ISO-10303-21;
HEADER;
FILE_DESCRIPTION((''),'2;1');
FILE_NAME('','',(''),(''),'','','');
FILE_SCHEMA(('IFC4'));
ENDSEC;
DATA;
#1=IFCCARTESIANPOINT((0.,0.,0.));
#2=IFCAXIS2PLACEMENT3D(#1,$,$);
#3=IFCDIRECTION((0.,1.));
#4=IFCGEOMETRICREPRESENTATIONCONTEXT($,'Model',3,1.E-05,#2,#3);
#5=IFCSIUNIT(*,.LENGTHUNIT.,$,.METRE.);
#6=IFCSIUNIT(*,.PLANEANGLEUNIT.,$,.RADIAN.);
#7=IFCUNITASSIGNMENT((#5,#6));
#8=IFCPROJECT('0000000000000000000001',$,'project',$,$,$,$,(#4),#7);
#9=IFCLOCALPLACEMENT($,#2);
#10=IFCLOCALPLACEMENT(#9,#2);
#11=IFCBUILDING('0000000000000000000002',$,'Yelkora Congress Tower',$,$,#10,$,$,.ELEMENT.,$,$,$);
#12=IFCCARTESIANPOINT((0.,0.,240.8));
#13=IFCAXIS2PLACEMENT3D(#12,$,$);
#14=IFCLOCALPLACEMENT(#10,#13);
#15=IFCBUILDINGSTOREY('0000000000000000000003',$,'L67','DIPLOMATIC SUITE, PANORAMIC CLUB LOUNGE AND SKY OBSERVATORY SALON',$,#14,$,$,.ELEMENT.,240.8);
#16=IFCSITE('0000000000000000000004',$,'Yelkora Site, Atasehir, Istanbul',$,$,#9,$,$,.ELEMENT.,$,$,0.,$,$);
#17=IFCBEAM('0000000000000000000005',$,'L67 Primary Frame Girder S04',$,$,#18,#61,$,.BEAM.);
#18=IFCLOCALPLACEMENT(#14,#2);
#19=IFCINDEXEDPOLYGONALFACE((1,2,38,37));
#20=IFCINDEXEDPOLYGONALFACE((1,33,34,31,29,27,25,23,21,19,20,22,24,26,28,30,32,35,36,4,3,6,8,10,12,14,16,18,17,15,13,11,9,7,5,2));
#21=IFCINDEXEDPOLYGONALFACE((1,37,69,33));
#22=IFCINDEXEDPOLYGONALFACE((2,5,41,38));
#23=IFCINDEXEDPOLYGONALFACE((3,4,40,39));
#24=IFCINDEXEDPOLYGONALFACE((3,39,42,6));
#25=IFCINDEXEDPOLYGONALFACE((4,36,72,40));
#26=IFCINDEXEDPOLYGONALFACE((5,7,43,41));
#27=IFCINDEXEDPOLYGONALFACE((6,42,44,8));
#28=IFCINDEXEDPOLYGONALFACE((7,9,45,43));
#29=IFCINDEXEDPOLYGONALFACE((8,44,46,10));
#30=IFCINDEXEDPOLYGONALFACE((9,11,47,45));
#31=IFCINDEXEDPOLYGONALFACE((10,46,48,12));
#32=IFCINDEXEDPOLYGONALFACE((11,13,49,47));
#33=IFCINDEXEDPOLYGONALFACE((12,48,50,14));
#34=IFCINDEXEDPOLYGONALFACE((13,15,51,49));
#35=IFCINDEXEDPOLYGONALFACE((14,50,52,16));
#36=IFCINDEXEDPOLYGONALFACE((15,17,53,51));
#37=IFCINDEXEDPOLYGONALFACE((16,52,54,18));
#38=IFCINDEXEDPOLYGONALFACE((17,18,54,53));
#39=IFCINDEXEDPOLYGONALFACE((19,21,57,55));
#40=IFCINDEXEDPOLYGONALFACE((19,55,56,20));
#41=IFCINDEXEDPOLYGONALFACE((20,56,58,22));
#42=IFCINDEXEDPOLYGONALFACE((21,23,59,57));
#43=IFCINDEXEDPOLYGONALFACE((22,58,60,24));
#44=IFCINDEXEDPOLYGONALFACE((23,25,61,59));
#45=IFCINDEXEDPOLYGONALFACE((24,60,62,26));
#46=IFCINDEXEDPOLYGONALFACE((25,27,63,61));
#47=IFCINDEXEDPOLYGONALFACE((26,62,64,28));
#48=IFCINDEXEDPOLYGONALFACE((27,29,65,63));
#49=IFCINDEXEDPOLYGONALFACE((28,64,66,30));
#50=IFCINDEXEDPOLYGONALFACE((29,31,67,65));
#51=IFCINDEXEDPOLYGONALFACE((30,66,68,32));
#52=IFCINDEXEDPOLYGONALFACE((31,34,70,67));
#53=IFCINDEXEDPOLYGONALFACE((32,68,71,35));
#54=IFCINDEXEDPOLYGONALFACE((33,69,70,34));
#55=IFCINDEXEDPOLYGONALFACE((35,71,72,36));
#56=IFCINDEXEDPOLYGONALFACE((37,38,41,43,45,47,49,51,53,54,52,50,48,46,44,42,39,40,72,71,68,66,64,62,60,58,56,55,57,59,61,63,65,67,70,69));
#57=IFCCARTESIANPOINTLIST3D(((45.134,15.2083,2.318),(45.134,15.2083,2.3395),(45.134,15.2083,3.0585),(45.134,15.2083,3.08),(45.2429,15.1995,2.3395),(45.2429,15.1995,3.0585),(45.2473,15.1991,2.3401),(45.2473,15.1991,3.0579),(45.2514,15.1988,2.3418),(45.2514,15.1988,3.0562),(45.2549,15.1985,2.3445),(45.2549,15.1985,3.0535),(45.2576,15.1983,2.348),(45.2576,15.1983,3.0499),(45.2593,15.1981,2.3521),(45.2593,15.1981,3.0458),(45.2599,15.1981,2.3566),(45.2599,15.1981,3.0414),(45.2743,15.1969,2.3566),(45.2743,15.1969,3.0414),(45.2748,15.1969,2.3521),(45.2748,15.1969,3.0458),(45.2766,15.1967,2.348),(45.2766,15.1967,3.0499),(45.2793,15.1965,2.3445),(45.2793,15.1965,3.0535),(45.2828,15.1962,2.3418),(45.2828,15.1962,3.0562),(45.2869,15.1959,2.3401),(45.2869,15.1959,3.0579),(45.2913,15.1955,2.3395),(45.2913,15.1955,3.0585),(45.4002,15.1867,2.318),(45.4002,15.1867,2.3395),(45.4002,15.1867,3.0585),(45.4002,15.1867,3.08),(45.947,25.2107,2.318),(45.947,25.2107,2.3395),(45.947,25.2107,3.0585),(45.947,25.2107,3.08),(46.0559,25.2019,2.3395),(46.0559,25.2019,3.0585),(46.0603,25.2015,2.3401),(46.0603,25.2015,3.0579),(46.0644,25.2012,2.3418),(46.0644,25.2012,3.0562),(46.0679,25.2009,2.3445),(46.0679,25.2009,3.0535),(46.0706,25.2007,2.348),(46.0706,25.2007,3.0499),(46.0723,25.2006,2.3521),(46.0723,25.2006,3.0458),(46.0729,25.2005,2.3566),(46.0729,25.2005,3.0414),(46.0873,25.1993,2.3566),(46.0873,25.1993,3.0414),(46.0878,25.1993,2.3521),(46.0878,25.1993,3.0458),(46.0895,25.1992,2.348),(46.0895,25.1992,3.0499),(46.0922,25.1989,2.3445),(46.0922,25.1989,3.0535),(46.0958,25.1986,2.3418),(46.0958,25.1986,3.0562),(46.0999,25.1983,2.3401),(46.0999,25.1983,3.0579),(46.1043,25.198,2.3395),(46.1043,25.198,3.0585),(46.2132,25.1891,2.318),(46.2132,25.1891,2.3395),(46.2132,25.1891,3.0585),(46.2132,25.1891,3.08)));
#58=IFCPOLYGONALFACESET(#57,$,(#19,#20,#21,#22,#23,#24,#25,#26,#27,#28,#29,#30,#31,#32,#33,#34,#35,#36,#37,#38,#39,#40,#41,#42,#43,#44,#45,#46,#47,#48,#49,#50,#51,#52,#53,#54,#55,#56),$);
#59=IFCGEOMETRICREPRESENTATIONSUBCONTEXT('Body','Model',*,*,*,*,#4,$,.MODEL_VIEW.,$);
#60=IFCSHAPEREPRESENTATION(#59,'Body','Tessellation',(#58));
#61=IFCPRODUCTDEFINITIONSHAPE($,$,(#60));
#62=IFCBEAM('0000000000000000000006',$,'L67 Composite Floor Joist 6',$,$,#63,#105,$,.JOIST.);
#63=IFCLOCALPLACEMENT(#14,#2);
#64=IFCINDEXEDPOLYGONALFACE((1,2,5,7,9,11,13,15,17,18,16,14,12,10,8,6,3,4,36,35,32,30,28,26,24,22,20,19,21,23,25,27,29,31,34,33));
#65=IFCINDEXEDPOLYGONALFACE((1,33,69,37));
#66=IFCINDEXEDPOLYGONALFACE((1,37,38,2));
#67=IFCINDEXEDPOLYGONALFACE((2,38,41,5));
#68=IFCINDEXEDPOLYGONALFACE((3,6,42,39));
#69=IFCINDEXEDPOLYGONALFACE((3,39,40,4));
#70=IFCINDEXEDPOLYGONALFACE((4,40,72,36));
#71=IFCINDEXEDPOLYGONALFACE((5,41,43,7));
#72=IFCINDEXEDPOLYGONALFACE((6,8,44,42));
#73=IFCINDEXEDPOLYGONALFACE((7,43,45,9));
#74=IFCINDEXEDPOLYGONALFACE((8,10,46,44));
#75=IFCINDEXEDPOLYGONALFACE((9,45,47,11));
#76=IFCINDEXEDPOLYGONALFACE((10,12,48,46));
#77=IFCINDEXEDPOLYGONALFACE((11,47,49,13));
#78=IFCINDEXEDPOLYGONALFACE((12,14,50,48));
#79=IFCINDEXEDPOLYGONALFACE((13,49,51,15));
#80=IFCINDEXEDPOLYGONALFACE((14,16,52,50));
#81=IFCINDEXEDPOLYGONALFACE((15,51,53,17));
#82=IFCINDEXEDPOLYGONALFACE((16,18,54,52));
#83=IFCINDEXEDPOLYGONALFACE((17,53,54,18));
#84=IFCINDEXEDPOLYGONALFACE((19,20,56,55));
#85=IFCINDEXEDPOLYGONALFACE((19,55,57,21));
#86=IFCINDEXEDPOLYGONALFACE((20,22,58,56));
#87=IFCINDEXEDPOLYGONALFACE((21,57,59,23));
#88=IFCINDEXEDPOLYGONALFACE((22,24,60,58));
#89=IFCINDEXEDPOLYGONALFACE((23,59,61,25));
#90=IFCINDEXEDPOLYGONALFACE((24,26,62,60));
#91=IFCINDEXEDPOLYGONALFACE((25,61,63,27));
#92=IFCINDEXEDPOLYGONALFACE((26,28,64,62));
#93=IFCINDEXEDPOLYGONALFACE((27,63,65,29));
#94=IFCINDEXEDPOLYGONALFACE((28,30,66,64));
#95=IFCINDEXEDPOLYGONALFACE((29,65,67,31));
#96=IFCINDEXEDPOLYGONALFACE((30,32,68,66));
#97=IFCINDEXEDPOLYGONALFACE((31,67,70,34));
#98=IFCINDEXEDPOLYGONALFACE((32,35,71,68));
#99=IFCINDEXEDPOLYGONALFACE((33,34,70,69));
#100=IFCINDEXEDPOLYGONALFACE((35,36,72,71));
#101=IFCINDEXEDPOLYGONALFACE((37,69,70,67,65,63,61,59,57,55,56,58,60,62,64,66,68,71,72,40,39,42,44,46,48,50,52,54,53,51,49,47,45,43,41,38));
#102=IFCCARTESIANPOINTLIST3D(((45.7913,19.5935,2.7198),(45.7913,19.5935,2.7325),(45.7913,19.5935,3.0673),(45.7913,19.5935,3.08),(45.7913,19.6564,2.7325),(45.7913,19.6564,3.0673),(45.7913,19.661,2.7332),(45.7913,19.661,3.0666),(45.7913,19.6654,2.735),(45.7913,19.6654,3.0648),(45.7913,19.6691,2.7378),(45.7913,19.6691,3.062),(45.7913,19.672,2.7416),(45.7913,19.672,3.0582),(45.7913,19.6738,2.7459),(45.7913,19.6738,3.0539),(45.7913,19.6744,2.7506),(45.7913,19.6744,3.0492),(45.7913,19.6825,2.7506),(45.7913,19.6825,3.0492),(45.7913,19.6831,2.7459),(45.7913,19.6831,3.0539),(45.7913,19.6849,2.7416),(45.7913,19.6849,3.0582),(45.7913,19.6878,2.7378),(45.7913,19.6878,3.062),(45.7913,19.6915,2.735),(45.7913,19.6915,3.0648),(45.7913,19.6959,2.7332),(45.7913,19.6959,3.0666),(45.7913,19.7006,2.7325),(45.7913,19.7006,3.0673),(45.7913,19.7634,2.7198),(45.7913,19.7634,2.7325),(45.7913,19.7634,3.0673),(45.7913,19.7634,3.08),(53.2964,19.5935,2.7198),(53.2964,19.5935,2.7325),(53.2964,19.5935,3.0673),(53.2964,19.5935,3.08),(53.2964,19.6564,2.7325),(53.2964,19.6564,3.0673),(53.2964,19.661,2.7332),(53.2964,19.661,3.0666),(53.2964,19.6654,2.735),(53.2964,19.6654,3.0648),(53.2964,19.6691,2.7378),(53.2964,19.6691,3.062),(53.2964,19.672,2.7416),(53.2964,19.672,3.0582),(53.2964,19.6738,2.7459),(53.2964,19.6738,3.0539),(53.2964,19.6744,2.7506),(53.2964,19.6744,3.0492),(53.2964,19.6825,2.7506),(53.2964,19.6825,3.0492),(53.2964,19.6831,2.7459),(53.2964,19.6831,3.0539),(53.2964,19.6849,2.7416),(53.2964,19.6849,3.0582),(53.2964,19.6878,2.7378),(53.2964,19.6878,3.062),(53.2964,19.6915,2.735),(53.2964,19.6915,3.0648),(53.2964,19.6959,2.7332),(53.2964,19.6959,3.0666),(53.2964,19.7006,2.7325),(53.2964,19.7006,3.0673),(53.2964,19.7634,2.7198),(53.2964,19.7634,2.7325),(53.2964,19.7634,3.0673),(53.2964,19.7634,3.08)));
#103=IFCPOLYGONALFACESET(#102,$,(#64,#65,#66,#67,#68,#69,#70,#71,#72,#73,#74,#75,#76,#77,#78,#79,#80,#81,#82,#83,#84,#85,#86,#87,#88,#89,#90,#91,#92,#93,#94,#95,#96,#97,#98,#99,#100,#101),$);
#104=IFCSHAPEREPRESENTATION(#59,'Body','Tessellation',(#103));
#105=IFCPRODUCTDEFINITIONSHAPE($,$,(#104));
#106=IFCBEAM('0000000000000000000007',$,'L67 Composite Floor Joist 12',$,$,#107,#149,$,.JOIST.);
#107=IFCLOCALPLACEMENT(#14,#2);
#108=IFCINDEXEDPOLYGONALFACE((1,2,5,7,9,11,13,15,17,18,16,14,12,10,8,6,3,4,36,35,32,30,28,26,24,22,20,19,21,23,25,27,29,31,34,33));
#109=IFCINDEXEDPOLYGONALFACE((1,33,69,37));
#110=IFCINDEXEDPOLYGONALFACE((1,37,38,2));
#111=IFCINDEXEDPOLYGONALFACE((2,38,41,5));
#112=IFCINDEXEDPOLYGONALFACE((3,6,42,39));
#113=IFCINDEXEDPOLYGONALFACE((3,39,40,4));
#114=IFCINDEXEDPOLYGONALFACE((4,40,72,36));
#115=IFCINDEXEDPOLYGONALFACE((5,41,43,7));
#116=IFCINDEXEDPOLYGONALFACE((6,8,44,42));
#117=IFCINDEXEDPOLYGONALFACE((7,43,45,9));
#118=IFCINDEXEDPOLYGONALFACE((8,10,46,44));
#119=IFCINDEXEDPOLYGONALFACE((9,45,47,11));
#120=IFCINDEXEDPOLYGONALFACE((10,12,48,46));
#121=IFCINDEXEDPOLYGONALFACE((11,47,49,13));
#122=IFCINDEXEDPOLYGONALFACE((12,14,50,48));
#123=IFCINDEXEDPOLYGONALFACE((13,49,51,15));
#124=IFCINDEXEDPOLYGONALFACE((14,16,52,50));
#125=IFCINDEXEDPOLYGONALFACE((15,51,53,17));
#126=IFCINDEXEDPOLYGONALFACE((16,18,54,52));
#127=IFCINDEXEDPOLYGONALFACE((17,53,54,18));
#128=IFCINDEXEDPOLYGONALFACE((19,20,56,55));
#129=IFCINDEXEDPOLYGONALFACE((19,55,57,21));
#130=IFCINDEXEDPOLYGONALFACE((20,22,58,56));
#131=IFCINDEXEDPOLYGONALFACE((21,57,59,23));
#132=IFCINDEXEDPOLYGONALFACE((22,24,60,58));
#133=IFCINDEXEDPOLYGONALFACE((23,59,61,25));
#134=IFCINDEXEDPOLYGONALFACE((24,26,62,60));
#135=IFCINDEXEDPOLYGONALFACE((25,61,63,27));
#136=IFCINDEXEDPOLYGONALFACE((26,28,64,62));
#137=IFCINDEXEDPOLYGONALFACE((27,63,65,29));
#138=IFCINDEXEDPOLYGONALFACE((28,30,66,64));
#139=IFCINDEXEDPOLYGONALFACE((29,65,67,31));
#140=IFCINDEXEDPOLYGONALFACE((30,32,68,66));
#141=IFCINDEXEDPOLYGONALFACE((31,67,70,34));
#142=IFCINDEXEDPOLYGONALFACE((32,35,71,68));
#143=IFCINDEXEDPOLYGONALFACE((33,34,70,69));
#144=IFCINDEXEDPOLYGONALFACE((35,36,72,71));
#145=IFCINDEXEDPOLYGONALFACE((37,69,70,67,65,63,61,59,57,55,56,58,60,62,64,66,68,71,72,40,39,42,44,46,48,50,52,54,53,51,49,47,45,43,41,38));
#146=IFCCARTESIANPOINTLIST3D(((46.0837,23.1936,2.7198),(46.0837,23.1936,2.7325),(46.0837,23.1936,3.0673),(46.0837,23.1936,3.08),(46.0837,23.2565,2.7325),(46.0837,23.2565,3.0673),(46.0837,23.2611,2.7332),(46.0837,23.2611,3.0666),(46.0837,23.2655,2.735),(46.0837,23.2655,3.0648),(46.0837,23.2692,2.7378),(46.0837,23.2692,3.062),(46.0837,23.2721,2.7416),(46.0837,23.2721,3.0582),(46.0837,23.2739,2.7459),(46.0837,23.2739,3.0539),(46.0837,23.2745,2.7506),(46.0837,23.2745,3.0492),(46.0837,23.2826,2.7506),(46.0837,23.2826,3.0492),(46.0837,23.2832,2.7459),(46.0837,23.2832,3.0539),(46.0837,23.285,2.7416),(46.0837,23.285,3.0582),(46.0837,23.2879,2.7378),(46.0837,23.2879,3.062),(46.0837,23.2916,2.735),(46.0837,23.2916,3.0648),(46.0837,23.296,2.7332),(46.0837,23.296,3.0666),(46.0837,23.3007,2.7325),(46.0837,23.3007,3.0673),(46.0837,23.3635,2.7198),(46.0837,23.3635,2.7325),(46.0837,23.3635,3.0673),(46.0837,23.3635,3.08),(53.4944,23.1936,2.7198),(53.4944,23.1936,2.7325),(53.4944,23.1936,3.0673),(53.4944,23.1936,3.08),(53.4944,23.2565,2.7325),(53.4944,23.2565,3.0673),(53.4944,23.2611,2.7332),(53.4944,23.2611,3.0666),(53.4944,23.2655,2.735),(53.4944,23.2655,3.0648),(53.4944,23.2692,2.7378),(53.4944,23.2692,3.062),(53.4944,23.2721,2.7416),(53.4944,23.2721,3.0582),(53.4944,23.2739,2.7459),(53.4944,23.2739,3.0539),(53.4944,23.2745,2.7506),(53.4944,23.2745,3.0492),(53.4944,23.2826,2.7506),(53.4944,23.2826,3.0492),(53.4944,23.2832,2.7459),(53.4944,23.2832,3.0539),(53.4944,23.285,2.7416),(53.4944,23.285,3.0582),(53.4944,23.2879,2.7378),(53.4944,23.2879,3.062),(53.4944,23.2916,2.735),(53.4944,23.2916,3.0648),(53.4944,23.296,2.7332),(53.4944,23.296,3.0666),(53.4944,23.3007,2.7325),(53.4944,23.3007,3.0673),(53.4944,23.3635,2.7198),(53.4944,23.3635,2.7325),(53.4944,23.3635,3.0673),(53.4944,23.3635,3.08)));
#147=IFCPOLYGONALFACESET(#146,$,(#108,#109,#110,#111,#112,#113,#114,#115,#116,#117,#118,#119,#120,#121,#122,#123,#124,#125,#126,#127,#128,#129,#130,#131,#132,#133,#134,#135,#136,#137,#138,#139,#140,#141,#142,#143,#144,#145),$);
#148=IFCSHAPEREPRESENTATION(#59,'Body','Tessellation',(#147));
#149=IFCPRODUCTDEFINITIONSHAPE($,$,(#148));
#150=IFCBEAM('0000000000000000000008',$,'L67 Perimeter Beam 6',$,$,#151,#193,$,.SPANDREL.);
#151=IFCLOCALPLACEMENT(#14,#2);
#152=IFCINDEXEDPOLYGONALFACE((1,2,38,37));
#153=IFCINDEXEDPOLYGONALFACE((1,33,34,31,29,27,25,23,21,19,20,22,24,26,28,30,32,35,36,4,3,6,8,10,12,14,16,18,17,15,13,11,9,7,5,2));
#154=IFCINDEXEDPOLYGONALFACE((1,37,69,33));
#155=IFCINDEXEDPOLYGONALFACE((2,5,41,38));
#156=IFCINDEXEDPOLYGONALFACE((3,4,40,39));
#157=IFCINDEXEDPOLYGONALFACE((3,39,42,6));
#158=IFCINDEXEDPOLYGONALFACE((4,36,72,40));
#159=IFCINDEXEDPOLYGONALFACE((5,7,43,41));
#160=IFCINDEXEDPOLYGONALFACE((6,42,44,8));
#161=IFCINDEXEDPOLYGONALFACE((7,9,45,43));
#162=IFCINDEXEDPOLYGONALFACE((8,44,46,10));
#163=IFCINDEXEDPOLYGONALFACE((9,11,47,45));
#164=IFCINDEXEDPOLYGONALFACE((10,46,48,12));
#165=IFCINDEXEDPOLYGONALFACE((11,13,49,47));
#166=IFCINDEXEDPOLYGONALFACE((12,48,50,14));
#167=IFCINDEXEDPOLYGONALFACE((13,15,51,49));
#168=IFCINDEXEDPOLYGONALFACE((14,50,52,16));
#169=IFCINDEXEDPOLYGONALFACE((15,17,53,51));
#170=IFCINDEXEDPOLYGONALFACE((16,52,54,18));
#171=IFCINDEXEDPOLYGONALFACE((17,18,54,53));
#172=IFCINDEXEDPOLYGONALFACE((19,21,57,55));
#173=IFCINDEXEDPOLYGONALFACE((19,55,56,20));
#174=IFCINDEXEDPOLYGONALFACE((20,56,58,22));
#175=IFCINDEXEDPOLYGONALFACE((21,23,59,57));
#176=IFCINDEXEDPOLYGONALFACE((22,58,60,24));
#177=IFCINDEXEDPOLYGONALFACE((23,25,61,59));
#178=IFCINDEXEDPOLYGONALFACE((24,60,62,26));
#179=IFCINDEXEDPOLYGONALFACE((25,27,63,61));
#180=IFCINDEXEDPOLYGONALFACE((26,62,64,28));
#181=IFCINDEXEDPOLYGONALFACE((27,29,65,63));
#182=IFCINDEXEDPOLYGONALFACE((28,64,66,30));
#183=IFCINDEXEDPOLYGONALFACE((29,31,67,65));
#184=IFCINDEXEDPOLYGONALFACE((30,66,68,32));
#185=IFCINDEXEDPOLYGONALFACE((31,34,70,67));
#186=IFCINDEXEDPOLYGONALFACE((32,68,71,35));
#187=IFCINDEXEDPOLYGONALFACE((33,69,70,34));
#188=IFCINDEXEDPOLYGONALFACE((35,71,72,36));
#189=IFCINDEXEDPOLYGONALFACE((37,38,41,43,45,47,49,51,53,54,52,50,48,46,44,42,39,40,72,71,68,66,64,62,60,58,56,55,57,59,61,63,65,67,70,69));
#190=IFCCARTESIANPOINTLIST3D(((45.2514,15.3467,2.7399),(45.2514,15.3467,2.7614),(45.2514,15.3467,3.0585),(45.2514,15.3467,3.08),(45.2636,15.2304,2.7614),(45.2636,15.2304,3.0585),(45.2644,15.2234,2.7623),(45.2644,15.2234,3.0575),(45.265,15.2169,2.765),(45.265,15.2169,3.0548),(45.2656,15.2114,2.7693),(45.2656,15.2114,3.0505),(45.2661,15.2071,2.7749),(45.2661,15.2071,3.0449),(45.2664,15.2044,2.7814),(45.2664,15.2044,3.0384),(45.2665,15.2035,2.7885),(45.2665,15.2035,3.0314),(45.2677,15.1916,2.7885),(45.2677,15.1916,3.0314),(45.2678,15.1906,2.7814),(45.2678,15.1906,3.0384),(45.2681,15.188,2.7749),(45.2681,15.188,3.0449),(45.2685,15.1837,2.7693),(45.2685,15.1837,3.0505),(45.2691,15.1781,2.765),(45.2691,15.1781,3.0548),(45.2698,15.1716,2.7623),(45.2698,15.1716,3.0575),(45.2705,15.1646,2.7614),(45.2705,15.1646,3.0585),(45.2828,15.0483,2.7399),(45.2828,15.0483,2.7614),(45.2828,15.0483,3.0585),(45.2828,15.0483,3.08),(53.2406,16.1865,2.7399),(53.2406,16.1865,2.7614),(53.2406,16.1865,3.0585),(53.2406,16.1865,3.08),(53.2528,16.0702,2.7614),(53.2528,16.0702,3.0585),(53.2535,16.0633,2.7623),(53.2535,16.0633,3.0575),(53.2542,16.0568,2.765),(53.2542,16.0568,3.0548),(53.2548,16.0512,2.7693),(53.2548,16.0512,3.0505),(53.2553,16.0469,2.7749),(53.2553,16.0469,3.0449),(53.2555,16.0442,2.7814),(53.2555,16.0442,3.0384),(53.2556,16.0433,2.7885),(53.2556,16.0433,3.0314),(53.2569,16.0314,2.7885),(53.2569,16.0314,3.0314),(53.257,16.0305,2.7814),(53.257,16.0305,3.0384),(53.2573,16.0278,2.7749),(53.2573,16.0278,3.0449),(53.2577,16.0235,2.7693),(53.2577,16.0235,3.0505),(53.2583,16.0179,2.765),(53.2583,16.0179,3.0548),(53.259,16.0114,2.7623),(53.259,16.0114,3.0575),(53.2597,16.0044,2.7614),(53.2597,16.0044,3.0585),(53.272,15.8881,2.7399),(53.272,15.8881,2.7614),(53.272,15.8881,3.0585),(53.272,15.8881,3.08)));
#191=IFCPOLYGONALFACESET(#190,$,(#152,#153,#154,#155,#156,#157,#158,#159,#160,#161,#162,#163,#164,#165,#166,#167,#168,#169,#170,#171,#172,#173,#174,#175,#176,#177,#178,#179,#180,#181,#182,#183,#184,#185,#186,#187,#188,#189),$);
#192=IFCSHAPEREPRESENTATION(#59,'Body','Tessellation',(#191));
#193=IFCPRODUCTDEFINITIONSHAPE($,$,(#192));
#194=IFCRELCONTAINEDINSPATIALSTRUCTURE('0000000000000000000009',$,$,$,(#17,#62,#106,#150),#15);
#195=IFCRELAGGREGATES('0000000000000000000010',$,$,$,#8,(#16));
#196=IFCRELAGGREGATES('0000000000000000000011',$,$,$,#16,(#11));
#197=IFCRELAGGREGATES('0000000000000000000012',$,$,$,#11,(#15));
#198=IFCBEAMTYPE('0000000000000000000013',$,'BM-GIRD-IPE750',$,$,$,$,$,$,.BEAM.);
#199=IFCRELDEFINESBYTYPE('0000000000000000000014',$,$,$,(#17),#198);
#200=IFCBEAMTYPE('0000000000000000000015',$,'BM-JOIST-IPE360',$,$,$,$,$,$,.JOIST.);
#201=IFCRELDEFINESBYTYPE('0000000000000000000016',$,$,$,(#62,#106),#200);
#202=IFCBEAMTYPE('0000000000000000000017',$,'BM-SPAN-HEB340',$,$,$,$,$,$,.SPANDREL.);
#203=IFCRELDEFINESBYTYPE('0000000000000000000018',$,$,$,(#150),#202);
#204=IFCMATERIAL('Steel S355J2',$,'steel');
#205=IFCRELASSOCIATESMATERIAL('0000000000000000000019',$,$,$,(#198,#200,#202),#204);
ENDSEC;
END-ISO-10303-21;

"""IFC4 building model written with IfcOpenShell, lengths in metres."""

from ifc_helpers import new_model, si_unit, direction, frame, origin, origin_2d, place, context, subcontext, project, spatial, i_section, extrude, material, material_profile, profile_set, type_object, element, save


model = new_model("IFC4")

# Units and contexts
model_context = context("Model", 3, precision=1e-05, world=origin(), true_north=direction((0.0, 1.0)))
body_context = subcontext(model_context, "Body", "Model", "MODEL_VIEW")
ifc_project = project(units=[si_unit("LENGTHUNIT", "METRE"), si_unit("PLANEANGLEUNIT", "RADIAN")], contexts=[model_context])

# Site, building, storey
site_placement = place(None, origin())
site = spatial("IfcSite", under=ifc_project, at=site_placement, Name="Yelkora Site, Atasehir, Istanbul", CompositionType="ELEMENT", RefElevation=0.0)
building_placement = place(site_placement, origin())
building = spatial("IfcBuilding", under=site, at=building_placement, Name="Yelkora Congress Tower", CompositionType="ELEMENT")
storey_placement = place(building_placement, frame((0.0, 0.0, 240.8)))
storey = spatial("IfcBuildingStorey", under=building, at=storey_placement, Name="L67", Description="DIPLOMATIC SUITE, PANORAMIC CLUB LOUNGE AND SKY OBSERVATORY SALON", CompositionType="ELEMENT", Elevation=240.8)

# Shared definitions
ifc_material_1 = material(Name="Steel S355J2", Category="steel")

# Beams
ifc_material_profile_1 = material_profile(ifc_material_1, i_section(OverallWidth=0.2671, OverallDepth=0.762, WebThickness=0.0144, FlangeThickness=0.0215, FilletRadius=0.0171, at=origin_2d()), Name="IPE 750x173")
ifc_profile_set_1 = profile_set([ifc_material_profile_1], Name="Steel S355J2")
beam_type_1 = type_object("IfcBeamType", Name="BM-GIRD-IPE750", PredefinedType="BEAM", material=ifc_profile_set_1)
beam_1_placement = place(storey_placement, frame((45.2671, 15.1975, 2.699), z_axis=(0.081012, 0.996713, 0.0), x_axis=(-0.996713, 0.081012, 0.0)))
element("IfcBeam", 1, at=beam_1_placement, inside=storey, type_object=beam_type_1, Name="L67 Primary Frame Girder S04", PredefinedType="BEAM", context=body_context, shape_type="SweptSolid", body=[
    extrude(i_section(OverallWidth=0.2671, OverallDepth=0.762, WebThickness=0.0144, FlangeThickness=0.0215, FilletRadius=0.0171, at=origin_2d()), origin(), (0.0, 0.0, 1.0), 10.0354),
])
ifc_material_profile_2 = material_profile(ifc_material_1, i_section(OverallWidth=0.1699, OverallDepth=0.3601, WebThickness=0.0081, FlangeThickness=0.0127, FilletRadius=0.0181, at=origin_2d()), Name="IPE 360")
ifc_profile_set_2 = profile_set([ifc_material_profile_2], Name="Steel S355J2")
beam_type_2 = type_object("IfcBeamType", Name="BM-JOIST-IPE360", PredefinedType="JOIST", material=ifc_profile_set_2)
beam_2_placement = place(storey_placement, frame((45.7913, 19.6785, 2.8999), z_axis=(1.0, 0.0, 0.0), x_axis=(0.0, 1.0, 0.0)))
element("IfcBeam", 2, at=beam_2_placement, inside=storey, type_object=beam_type_2, Name="L67 Composite Floor Joist 6", PredefinedType="JOIST", context=body_context, shape_type="SweptSolid", body=[
    extrude(i_section(OverallWidth=0.1699, OverallDepth=0.3601, WebThickness=0.0081, FlangeThickness=0.0127, FilletRadius=0.0181, at=origin_2d()), origin(), (0.0, 0.0, 1.0), 7.5051),
])
beam_3_placement = place(storey_placement, frame((46.0837, 23.2786, 2.8999), z_axis=(1.0, 0.0, 0.0), x_axis=(0.0, 1.0, 0.0)))
element("IfcBeam", 3, at=beam_3_placement, inside=storey, type_object=beam_type_2, Name="L67 Composite Floor Joist 12", PredefinedType="JOIST", context=body_context, shape_type="SweptSolid", body=[
    extrude(i_section(OverallWidth=0.1699, OverallDepth=0.3601, WebThickness=0.0081, FlangeThickness=0.0127, FilletRadius=0.0181, at=origin_2d()), origin(), (0.0, 0.0, 1.0), 7.4106),
])
ifc_material_profile_3 = material_profile(ifc_material_1, i_section(OverallWidth=0.3, OverallDepth=0.3401, WebThickness=0.012, FlangeThickness=0.0215, FilletRadius=0.0271, at=origin_2d()), Name="HEB 340")
ifc_profile_set_3 = profile_set([ifc_material_profile_3], Name="Steel S355J2")
beam_type_3 = type_object("IfcBeamType", Name="BM-SPAN-HEB340", PredefinedType="SPANDREL", material=ifc_profile_set_3)
beam_4_placement = place(storey_placement, frame((45.2671, 15.1975, 2.9099), z_axis=(0.99452, 0.104546, 0.0), x_axis=(-0.104546, 0.99452, 0.0)))
element("IfcBeam", 4, at=beam_4_placement, inside=storey, type_object=beam_type_3, Name="L67 Perimeter Beam 6", PredefinedType="SPANDREL", context=body_context, shape_type="SweptSolid", body=[
    extrude(i_section(OverallWidth=0.3, OverallDepth=0.3401, WebThickness=0.012, FlangeThickness=0.0215, FilletRadius=0.0271, at=origin_2d()), origin(), (0.0, 0.0, 1.0), 8.0332),
])

save(model, "model.ifc")
